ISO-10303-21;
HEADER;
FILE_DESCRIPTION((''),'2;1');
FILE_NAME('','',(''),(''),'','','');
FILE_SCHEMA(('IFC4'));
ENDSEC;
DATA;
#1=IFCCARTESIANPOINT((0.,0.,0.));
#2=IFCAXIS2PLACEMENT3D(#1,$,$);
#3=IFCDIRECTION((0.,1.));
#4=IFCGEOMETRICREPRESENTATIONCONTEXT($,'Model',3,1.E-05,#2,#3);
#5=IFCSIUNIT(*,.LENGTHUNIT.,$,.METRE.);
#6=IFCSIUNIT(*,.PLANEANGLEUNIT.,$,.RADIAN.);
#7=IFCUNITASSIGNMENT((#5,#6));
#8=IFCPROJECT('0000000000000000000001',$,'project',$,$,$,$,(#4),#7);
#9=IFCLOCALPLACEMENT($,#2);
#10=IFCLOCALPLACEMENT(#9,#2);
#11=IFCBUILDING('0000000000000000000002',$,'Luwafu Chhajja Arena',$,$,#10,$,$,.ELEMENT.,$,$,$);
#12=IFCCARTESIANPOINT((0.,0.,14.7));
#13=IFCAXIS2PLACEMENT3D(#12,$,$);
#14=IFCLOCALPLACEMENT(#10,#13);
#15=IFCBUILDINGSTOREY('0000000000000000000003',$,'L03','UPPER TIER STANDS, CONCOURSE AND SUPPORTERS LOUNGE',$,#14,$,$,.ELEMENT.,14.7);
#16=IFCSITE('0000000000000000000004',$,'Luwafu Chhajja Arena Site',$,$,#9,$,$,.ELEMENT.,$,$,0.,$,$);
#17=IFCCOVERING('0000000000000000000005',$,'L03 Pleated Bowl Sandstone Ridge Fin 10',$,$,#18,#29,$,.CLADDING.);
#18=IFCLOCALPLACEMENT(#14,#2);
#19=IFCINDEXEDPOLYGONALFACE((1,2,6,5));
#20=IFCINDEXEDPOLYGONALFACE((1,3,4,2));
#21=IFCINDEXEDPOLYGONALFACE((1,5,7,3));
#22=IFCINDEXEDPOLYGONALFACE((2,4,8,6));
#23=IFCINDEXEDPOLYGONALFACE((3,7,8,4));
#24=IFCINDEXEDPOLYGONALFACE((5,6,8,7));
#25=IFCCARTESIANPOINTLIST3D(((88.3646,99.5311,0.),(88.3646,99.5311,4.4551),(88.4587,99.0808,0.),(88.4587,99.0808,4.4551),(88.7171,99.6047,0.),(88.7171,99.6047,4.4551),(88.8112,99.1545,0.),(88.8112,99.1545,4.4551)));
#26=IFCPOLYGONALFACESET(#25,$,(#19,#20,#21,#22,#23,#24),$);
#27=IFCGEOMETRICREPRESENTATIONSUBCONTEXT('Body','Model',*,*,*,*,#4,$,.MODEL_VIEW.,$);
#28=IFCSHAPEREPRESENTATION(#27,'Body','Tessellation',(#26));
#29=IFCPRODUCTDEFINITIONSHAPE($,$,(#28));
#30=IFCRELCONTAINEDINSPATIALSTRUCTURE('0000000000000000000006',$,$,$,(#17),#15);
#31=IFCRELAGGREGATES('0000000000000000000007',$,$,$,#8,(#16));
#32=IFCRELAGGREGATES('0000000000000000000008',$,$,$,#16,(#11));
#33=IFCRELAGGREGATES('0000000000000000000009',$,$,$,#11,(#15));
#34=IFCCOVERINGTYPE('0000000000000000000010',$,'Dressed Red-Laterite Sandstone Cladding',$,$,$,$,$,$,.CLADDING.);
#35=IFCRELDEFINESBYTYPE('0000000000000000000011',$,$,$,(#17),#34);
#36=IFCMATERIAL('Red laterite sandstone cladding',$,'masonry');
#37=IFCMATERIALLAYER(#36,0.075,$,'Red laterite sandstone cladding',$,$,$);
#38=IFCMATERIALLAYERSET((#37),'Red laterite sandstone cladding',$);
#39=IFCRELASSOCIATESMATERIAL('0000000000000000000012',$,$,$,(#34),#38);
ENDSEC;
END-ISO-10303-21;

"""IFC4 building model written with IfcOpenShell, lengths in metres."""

from ifc_helpers import new_model, si_unit, direction, frame, origin, origin_2d, place, context, subcontext, project, spatial, rectangle, extrude, material, layer, layer_set, type_object, element, save


model = new_model("IFC4")

# Units and contexts
model_context = context("Model", 3, precision=1e-05, world=origin(), true_north=direction((0.0, 1.0)))
body_context = subcontext(model_context, "Body", "Model", "MODEL_VIEW")
ifc_project = project(units=[si_unit("LENGTHUNIT", "METRE"), si_unit("PLANEANGLEUNIT", "RADIAN")], contexts=[model_context])

# Site, building, storey
site_placement = place(None, origin())
site = spatial("IfcSite", under=ifc_project, at=site_placement, Name="Luwafu Chhajja Arena Site", CompositionType="ELEMENT", RefElevation=0.0)
building_placement = place(site_placement, origin())
building = spatial("IfcBuilding", under=site, at=building_placement, Name="Luwafu Chhajja Arena", CompositionType="ELEMENT")
storey_placement = place(building_placement, frame((0.0, 0.0, 14.7)))
storey = spatial("IfcBuildingStorey", under=building, at=storey_placement, Name="L03", Description="UPPER TIER STANDS, CONCOURSE AND SUPPORTERS LOUNGE", CompositionType="ELEMENT", Elevation=14.7)

# Covering
ifc_material_1 = material(Name="Red laterite sandstone cladding", Category="masonry")
ifc_layer_1 = layer(ifc_material_1, 0.075, Name="Red laterite sandstone cladding")
ifc_layer_set_1 = layer_set([ifc_layer_1], Name="Red laterite sandstone cladding")
covering_type = type_object("IfcCoveringType", Name="Dressed Red-Laterite Sandstone Cladding", PredefinedType="CLADDING", material=ifc_layer_set_1)
for number, where, z_axis, x_axis, name in (
    (1, (88.5879, 99.3428, 0.0), (0.0, 0.0, 1.0), (-0.204485, 0.97887, 0.0), "L03 Pleated Bowl Sandstone Ridge Fin 10"),
):
    element("IfcCovering", number, at=place(storey_placement, frame(where, z_axis=z_axis, x_axis=x_axis)), inside=storey, type_object=covering_type, Name=name, PredefinedType="CLADDING", context=body_context, shape_type="SweptSolid", body=[
        extrude(rectangle(XDim=0.46, YDim=0.3601, at=origin_2d()), origin(), (0.0, 0.0, 1.0), 4.4551),
    ])

save(model, "model.ifc")
